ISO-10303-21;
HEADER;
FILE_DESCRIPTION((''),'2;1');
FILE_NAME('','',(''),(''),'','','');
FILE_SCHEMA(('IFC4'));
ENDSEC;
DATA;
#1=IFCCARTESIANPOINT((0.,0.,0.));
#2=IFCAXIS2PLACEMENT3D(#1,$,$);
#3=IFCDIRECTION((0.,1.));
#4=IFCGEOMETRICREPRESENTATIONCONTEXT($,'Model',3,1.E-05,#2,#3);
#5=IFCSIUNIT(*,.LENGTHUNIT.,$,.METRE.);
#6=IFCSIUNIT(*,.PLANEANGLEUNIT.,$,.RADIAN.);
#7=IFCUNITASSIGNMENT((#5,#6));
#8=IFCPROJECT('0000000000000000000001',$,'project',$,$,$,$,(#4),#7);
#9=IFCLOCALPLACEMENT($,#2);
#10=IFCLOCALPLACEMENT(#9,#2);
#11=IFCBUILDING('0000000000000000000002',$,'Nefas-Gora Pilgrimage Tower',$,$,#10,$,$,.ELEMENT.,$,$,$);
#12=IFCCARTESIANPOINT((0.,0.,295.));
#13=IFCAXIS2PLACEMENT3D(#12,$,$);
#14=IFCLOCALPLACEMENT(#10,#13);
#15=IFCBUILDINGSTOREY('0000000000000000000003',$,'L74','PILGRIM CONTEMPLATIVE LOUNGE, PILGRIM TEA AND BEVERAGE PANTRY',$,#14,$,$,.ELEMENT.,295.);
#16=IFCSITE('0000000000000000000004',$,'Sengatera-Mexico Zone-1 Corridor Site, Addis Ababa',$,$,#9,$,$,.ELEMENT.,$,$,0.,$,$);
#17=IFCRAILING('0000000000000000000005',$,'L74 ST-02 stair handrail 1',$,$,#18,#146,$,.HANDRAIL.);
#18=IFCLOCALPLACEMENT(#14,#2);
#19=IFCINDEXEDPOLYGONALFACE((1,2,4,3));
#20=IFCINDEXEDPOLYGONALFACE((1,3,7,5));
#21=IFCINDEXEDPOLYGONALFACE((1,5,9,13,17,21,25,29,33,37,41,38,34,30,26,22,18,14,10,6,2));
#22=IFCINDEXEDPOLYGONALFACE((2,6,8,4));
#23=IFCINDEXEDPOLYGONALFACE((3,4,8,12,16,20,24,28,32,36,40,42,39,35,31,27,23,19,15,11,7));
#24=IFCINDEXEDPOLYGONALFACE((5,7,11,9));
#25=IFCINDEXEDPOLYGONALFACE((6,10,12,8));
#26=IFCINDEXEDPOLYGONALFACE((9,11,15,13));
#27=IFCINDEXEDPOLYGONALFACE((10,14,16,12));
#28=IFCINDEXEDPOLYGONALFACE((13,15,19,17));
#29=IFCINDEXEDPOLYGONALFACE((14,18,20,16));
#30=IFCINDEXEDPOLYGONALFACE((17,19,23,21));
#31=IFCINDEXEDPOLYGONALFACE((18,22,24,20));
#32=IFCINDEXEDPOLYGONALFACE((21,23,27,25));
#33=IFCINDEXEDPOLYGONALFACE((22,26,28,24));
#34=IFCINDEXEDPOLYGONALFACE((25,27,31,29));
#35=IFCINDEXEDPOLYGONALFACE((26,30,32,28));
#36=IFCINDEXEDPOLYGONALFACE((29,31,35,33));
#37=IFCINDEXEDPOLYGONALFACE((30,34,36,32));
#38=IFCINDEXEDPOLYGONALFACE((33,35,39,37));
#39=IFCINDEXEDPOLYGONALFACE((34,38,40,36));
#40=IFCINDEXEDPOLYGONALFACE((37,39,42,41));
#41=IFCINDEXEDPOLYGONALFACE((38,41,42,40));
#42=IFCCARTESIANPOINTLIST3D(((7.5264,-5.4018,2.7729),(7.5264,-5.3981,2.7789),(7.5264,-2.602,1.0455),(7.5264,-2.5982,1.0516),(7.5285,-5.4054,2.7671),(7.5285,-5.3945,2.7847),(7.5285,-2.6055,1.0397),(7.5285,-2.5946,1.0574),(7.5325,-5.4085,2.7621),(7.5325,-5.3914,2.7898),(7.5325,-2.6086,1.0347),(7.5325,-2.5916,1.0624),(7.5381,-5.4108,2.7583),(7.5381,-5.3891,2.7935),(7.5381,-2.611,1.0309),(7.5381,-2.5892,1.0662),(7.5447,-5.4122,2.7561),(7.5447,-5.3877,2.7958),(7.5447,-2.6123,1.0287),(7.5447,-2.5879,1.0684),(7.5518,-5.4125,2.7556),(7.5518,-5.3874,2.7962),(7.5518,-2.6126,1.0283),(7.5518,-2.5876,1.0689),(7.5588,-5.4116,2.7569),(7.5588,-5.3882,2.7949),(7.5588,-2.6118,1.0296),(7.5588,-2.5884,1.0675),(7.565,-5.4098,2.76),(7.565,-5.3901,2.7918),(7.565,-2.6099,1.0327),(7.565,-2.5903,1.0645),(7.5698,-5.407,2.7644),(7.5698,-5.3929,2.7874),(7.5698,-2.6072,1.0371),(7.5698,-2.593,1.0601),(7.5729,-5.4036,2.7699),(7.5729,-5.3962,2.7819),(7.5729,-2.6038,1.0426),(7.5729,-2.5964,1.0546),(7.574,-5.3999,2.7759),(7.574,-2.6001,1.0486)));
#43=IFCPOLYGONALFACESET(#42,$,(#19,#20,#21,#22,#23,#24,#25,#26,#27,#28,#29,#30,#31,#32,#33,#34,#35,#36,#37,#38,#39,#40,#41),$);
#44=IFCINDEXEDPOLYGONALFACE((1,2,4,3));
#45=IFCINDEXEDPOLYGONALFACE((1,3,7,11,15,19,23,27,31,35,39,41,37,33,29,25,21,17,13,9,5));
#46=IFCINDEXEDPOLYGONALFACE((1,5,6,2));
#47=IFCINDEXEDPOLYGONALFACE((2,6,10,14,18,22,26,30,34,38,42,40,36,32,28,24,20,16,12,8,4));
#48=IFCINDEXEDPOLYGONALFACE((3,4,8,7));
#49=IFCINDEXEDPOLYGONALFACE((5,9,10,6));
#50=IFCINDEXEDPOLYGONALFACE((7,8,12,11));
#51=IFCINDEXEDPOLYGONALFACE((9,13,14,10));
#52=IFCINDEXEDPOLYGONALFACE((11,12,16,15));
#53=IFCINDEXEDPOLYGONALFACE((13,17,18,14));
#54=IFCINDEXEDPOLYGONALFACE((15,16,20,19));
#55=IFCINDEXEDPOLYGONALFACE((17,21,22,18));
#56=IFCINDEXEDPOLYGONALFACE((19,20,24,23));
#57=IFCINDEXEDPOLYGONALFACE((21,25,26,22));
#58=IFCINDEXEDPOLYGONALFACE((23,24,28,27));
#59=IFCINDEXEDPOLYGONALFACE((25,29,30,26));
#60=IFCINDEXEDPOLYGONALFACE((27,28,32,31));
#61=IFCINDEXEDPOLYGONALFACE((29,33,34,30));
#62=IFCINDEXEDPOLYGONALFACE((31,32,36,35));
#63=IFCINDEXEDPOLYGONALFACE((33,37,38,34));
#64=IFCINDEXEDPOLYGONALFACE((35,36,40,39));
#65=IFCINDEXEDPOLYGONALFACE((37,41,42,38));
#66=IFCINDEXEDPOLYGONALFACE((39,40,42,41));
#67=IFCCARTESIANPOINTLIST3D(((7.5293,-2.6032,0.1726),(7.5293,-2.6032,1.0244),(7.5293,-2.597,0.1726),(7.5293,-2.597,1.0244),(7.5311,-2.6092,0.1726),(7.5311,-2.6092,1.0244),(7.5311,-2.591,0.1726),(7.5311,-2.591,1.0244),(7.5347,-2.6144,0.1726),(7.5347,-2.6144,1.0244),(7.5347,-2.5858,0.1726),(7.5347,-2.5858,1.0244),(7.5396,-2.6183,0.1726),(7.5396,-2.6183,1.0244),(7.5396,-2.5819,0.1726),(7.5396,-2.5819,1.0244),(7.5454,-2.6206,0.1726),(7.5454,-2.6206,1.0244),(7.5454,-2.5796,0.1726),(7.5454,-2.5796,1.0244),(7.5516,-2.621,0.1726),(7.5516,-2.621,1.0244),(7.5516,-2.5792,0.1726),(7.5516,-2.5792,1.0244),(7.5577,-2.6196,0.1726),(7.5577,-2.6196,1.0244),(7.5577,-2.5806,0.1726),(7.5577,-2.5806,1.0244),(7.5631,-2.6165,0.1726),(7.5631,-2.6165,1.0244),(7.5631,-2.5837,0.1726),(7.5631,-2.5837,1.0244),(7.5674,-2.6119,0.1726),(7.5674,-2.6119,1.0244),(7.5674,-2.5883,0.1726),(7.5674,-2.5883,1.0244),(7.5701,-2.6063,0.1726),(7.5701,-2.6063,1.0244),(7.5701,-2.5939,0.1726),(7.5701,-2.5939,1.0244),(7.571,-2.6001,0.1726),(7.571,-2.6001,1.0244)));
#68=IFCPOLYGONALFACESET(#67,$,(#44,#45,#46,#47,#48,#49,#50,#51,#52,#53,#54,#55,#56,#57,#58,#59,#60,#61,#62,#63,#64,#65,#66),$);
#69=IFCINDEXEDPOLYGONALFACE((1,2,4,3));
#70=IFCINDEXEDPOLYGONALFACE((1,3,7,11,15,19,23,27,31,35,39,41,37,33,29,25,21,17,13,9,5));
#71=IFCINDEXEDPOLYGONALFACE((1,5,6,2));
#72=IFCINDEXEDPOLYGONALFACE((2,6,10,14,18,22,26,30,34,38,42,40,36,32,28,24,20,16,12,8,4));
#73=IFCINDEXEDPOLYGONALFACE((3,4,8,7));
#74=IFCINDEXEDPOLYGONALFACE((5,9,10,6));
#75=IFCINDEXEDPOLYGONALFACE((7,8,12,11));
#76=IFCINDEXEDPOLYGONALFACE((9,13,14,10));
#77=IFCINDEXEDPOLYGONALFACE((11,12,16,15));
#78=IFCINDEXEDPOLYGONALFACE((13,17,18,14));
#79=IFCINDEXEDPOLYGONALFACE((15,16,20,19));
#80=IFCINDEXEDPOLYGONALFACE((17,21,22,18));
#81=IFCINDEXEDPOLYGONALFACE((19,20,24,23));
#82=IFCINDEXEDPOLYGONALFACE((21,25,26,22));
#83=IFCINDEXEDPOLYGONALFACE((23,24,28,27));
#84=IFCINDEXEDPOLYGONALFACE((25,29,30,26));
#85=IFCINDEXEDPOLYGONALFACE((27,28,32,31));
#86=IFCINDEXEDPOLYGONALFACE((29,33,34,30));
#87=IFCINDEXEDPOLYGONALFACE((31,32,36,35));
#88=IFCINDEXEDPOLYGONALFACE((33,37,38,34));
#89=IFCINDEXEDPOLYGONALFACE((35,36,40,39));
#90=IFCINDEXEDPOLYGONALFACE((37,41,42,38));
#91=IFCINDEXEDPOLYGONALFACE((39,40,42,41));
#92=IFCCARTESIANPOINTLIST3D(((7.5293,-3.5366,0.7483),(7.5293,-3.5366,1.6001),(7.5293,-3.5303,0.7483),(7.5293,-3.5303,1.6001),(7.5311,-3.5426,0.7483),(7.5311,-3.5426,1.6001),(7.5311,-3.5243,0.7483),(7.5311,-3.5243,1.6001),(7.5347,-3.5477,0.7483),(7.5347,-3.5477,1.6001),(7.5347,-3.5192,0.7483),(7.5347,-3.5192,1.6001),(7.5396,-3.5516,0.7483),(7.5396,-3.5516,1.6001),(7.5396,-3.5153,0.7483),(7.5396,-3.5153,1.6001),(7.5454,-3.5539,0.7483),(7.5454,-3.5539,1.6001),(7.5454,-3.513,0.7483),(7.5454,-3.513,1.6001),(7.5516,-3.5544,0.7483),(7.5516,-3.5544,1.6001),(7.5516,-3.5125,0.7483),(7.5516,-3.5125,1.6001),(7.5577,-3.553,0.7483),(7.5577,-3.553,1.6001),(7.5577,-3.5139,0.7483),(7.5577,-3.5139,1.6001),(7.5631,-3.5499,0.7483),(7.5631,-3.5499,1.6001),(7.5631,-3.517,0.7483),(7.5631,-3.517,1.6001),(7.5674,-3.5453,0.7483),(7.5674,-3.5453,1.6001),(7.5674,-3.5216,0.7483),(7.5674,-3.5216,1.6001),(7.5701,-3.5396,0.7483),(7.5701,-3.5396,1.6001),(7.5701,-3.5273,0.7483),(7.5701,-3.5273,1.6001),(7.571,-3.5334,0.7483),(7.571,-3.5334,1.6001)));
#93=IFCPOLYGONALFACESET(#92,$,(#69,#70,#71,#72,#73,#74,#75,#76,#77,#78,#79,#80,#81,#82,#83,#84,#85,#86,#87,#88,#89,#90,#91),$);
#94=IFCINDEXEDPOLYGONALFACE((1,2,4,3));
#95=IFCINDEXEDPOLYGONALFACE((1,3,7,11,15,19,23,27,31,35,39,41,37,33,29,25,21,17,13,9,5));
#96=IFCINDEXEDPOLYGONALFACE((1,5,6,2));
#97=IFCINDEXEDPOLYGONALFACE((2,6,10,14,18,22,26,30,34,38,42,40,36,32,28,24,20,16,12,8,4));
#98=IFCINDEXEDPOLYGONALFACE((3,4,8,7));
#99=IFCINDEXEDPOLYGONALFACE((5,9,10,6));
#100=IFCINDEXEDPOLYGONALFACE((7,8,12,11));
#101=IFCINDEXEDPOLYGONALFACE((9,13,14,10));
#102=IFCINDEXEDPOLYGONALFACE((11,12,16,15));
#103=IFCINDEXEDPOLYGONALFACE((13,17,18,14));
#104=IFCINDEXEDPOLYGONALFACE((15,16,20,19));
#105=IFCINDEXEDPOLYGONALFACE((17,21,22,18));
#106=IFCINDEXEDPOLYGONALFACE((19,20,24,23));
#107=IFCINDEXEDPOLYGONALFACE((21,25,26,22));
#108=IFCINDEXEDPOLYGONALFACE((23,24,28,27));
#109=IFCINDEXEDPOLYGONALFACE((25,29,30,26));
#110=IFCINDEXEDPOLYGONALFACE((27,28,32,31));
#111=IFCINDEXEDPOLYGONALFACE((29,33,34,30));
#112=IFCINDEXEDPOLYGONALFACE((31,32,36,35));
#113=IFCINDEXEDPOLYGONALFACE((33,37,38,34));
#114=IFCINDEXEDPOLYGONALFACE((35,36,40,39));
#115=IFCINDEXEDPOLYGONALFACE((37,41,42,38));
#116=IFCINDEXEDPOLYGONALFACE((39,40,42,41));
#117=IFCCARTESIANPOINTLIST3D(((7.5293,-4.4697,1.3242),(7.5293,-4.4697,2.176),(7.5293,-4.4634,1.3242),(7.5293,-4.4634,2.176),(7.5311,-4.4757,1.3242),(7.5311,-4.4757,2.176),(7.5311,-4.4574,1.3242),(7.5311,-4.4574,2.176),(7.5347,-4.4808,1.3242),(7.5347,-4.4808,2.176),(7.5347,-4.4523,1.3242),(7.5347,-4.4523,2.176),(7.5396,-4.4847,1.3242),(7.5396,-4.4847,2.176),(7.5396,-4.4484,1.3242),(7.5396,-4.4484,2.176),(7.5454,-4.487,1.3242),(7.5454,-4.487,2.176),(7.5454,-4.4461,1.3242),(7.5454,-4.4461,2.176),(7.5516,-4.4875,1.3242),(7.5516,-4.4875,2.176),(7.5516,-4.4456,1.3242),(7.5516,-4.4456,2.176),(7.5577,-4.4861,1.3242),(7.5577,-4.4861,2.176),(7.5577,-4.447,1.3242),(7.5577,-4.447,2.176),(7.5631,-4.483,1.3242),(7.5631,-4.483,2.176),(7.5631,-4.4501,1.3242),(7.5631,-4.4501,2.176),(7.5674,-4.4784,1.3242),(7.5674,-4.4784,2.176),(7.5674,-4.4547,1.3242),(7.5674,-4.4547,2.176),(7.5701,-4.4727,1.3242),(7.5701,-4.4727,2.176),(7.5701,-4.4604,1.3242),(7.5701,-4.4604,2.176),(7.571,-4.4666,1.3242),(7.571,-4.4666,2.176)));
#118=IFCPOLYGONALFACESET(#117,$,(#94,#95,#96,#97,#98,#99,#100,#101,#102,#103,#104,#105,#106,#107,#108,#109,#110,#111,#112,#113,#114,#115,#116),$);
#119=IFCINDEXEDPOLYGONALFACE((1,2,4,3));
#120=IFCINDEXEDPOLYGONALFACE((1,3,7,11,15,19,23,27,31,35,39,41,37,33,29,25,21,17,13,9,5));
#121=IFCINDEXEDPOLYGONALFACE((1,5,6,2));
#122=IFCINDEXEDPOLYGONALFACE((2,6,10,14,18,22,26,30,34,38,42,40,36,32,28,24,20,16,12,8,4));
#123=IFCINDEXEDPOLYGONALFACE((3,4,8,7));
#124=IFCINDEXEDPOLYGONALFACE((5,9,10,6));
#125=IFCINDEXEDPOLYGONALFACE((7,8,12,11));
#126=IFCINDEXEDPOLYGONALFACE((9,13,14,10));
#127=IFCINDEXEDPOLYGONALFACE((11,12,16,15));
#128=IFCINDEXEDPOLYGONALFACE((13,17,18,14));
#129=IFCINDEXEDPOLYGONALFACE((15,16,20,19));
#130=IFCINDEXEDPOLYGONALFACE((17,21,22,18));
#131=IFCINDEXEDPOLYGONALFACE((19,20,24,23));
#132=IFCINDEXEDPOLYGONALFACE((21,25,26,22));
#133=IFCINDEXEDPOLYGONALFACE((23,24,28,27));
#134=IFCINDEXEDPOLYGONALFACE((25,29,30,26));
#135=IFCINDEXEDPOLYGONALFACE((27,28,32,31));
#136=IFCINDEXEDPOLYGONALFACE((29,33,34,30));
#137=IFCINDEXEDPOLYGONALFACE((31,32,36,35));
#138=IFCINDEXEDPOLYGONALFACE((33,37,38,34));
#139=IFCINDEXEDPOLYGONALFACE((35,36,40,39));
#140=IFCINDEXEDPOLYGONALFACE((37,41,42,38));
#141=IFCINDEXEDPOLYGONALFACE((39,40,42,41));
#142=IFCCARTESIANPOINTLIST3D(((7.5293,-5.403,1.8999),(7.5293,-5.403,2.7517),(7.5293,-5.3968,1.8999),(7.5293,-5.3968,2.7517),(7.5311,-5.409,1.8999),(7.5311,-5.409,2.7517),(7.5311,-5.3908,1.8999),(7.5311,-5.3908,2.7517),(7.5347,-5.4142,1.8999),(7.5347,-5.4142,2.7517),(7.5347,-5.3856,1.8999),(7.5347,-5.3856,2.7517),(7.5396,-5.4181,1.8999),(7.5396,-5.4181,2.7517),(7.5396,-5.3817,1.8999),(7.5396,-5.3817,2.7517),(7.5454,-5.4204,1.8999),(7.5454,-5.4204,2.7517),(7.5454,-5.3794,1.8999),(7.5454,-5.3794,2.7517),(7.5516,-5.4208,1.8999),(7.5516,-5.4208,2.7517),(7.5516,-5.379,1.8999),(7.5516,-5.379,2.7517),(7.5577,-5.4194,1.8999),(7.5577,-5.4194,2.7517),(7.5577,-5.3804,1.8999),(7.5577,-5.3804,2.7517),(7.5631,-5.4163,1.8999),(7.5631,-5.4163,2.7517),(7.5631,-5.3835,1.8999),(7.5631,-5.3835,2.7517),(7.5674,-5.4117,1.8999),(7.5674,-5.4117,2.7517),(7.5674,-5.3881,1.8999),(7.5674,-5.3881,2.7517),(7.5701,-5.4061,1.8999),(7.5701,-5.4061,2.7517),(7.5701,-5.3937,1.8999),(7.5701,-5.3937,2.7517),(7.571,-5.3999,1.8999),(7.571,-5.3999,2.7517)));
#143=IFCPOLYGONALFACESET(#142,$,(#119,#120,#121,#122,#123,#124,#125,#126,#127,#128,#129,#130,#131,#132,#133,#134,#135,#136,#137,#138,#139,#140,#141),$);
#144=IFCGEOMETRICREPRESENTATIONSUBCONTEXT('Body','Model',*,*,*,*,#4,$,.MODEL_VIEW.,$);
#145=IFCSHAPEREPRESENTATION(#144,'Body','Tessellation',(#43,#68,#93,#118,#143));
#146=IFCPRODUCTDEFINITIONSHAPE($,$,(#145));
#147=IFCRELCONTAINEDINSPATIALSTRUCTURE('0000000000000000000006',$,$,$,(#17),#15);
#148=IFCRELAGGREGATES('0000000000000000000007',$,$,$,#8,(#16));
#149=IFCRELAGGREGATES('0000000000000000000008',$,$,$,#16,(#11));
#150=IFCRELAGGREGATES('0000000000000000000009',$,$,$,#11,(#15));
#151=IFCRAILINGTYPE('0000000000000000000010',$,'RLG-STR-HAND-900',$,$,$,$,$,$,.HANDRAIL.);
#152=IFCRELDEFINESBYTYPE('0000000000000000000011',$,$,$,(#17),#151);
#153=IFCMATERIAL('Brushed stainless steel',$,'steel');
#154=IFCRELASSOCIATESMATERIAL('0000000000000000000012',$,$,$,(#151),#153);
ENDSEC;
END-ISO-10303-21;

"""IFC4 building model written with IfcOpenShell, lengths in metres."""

from ifc_helpers import new_model, si_unit, direction, frame, origin, origin_2d, place, context, subcontext, project, spatial, circle, extrude, material, type_object, element, save


model = new_model("IFC4")

# Units and contexts
model_context = context("Model", 3, precision=1e-05, world=origin(), true_north=direction((0.0, 1.0)))
body_context = subcontext(model_context, "Body", "Model", "MODEL_VIEW")
ifc_project = project(units=[si_unit("LENGTHUNIT", "METRE"), si_unit("PLANEANGLEUNIT", "RADIAN")], contexts=[model_context])

# Site, building, storey
site_placement = place(None, origin())
site = spatial("IfcSite", under=ifc_project, at=site_placement, Name="Sengatera-Mexico Zone-1 Corridor Site, Addis Ababa", CompositionType="ELEMENT", RefElevation=0.0)
building_placement = place(site_placement, origin())
building = spatial("IfcBuilding", under=site, at=building_placement, Name="Nefas-Gora Pilgrimage Tower", CompositionType="ELEMENT")
storey_placement = place(building_placement, frame((0.0, 0.0, 295.0)))
storey = spatial("IfcBuildingStorey", under=building, at=storey_placement, Name="L74", Description="PILGRIM CONTEMPLATIVE LOUNGE, PILGRIM TEA AND BEVERAGE PANTRY", CompositionType="ELEMENT", Elevation=295.0)

# Railing
ifc_material_1 = material(Name="Brushed stainless steel", Category="steel")
railing_type_1 = type_object("IfcRailingType", Name="RLG-STR-HAND-900", PredefinedType="HANDRAIL", material=ifc_material_1)
railing_1_placement = place(storey_placement, frame((7.55, -2.6001, 0.1726)))
element("IfcRailing", 1, at=railing_1_placement, inside=storey, type_object=railing_type_1, Name="L74 ST-02 stair handrail 1", PredefinedType="HANDRAIL", context=body_context, shape_type="SweptSolid", body=[
    extrude(circle(Radius=0.0239, at=origin_2d()), frame((0.0, 0.0, 0.876), z_axis=(0.0, -0.851069, 0.525054), x_axis=(1.0, 0.0, 0.0)), (0.0, 0.0, 1.0), 3.2898),
    extrude(circle(Radius=0.021, at=origin_2d()), origin(), (0.0, 0.0, 1.0), 0.8518),
    extrude(circle(Radius=0.021, at=origin_2d()), frame((0.0, -0.9333, 0.5757)), (0.0, 0.0, 1.0), 0.8518),
    extrude(circle(Radius=0.021, at=origin_2d()), frame((0.0, -1.8665, 1.1516)), (0.0, 0.0, 1.0), 0.8518),
    extrude(circle(Radius=0.021, at=origin_2d()), frame((0.0, -2.7998, 1.7273)), (0.0, 0.0, 1.0), 0.8518),
])

save(model, "model.ifc")
